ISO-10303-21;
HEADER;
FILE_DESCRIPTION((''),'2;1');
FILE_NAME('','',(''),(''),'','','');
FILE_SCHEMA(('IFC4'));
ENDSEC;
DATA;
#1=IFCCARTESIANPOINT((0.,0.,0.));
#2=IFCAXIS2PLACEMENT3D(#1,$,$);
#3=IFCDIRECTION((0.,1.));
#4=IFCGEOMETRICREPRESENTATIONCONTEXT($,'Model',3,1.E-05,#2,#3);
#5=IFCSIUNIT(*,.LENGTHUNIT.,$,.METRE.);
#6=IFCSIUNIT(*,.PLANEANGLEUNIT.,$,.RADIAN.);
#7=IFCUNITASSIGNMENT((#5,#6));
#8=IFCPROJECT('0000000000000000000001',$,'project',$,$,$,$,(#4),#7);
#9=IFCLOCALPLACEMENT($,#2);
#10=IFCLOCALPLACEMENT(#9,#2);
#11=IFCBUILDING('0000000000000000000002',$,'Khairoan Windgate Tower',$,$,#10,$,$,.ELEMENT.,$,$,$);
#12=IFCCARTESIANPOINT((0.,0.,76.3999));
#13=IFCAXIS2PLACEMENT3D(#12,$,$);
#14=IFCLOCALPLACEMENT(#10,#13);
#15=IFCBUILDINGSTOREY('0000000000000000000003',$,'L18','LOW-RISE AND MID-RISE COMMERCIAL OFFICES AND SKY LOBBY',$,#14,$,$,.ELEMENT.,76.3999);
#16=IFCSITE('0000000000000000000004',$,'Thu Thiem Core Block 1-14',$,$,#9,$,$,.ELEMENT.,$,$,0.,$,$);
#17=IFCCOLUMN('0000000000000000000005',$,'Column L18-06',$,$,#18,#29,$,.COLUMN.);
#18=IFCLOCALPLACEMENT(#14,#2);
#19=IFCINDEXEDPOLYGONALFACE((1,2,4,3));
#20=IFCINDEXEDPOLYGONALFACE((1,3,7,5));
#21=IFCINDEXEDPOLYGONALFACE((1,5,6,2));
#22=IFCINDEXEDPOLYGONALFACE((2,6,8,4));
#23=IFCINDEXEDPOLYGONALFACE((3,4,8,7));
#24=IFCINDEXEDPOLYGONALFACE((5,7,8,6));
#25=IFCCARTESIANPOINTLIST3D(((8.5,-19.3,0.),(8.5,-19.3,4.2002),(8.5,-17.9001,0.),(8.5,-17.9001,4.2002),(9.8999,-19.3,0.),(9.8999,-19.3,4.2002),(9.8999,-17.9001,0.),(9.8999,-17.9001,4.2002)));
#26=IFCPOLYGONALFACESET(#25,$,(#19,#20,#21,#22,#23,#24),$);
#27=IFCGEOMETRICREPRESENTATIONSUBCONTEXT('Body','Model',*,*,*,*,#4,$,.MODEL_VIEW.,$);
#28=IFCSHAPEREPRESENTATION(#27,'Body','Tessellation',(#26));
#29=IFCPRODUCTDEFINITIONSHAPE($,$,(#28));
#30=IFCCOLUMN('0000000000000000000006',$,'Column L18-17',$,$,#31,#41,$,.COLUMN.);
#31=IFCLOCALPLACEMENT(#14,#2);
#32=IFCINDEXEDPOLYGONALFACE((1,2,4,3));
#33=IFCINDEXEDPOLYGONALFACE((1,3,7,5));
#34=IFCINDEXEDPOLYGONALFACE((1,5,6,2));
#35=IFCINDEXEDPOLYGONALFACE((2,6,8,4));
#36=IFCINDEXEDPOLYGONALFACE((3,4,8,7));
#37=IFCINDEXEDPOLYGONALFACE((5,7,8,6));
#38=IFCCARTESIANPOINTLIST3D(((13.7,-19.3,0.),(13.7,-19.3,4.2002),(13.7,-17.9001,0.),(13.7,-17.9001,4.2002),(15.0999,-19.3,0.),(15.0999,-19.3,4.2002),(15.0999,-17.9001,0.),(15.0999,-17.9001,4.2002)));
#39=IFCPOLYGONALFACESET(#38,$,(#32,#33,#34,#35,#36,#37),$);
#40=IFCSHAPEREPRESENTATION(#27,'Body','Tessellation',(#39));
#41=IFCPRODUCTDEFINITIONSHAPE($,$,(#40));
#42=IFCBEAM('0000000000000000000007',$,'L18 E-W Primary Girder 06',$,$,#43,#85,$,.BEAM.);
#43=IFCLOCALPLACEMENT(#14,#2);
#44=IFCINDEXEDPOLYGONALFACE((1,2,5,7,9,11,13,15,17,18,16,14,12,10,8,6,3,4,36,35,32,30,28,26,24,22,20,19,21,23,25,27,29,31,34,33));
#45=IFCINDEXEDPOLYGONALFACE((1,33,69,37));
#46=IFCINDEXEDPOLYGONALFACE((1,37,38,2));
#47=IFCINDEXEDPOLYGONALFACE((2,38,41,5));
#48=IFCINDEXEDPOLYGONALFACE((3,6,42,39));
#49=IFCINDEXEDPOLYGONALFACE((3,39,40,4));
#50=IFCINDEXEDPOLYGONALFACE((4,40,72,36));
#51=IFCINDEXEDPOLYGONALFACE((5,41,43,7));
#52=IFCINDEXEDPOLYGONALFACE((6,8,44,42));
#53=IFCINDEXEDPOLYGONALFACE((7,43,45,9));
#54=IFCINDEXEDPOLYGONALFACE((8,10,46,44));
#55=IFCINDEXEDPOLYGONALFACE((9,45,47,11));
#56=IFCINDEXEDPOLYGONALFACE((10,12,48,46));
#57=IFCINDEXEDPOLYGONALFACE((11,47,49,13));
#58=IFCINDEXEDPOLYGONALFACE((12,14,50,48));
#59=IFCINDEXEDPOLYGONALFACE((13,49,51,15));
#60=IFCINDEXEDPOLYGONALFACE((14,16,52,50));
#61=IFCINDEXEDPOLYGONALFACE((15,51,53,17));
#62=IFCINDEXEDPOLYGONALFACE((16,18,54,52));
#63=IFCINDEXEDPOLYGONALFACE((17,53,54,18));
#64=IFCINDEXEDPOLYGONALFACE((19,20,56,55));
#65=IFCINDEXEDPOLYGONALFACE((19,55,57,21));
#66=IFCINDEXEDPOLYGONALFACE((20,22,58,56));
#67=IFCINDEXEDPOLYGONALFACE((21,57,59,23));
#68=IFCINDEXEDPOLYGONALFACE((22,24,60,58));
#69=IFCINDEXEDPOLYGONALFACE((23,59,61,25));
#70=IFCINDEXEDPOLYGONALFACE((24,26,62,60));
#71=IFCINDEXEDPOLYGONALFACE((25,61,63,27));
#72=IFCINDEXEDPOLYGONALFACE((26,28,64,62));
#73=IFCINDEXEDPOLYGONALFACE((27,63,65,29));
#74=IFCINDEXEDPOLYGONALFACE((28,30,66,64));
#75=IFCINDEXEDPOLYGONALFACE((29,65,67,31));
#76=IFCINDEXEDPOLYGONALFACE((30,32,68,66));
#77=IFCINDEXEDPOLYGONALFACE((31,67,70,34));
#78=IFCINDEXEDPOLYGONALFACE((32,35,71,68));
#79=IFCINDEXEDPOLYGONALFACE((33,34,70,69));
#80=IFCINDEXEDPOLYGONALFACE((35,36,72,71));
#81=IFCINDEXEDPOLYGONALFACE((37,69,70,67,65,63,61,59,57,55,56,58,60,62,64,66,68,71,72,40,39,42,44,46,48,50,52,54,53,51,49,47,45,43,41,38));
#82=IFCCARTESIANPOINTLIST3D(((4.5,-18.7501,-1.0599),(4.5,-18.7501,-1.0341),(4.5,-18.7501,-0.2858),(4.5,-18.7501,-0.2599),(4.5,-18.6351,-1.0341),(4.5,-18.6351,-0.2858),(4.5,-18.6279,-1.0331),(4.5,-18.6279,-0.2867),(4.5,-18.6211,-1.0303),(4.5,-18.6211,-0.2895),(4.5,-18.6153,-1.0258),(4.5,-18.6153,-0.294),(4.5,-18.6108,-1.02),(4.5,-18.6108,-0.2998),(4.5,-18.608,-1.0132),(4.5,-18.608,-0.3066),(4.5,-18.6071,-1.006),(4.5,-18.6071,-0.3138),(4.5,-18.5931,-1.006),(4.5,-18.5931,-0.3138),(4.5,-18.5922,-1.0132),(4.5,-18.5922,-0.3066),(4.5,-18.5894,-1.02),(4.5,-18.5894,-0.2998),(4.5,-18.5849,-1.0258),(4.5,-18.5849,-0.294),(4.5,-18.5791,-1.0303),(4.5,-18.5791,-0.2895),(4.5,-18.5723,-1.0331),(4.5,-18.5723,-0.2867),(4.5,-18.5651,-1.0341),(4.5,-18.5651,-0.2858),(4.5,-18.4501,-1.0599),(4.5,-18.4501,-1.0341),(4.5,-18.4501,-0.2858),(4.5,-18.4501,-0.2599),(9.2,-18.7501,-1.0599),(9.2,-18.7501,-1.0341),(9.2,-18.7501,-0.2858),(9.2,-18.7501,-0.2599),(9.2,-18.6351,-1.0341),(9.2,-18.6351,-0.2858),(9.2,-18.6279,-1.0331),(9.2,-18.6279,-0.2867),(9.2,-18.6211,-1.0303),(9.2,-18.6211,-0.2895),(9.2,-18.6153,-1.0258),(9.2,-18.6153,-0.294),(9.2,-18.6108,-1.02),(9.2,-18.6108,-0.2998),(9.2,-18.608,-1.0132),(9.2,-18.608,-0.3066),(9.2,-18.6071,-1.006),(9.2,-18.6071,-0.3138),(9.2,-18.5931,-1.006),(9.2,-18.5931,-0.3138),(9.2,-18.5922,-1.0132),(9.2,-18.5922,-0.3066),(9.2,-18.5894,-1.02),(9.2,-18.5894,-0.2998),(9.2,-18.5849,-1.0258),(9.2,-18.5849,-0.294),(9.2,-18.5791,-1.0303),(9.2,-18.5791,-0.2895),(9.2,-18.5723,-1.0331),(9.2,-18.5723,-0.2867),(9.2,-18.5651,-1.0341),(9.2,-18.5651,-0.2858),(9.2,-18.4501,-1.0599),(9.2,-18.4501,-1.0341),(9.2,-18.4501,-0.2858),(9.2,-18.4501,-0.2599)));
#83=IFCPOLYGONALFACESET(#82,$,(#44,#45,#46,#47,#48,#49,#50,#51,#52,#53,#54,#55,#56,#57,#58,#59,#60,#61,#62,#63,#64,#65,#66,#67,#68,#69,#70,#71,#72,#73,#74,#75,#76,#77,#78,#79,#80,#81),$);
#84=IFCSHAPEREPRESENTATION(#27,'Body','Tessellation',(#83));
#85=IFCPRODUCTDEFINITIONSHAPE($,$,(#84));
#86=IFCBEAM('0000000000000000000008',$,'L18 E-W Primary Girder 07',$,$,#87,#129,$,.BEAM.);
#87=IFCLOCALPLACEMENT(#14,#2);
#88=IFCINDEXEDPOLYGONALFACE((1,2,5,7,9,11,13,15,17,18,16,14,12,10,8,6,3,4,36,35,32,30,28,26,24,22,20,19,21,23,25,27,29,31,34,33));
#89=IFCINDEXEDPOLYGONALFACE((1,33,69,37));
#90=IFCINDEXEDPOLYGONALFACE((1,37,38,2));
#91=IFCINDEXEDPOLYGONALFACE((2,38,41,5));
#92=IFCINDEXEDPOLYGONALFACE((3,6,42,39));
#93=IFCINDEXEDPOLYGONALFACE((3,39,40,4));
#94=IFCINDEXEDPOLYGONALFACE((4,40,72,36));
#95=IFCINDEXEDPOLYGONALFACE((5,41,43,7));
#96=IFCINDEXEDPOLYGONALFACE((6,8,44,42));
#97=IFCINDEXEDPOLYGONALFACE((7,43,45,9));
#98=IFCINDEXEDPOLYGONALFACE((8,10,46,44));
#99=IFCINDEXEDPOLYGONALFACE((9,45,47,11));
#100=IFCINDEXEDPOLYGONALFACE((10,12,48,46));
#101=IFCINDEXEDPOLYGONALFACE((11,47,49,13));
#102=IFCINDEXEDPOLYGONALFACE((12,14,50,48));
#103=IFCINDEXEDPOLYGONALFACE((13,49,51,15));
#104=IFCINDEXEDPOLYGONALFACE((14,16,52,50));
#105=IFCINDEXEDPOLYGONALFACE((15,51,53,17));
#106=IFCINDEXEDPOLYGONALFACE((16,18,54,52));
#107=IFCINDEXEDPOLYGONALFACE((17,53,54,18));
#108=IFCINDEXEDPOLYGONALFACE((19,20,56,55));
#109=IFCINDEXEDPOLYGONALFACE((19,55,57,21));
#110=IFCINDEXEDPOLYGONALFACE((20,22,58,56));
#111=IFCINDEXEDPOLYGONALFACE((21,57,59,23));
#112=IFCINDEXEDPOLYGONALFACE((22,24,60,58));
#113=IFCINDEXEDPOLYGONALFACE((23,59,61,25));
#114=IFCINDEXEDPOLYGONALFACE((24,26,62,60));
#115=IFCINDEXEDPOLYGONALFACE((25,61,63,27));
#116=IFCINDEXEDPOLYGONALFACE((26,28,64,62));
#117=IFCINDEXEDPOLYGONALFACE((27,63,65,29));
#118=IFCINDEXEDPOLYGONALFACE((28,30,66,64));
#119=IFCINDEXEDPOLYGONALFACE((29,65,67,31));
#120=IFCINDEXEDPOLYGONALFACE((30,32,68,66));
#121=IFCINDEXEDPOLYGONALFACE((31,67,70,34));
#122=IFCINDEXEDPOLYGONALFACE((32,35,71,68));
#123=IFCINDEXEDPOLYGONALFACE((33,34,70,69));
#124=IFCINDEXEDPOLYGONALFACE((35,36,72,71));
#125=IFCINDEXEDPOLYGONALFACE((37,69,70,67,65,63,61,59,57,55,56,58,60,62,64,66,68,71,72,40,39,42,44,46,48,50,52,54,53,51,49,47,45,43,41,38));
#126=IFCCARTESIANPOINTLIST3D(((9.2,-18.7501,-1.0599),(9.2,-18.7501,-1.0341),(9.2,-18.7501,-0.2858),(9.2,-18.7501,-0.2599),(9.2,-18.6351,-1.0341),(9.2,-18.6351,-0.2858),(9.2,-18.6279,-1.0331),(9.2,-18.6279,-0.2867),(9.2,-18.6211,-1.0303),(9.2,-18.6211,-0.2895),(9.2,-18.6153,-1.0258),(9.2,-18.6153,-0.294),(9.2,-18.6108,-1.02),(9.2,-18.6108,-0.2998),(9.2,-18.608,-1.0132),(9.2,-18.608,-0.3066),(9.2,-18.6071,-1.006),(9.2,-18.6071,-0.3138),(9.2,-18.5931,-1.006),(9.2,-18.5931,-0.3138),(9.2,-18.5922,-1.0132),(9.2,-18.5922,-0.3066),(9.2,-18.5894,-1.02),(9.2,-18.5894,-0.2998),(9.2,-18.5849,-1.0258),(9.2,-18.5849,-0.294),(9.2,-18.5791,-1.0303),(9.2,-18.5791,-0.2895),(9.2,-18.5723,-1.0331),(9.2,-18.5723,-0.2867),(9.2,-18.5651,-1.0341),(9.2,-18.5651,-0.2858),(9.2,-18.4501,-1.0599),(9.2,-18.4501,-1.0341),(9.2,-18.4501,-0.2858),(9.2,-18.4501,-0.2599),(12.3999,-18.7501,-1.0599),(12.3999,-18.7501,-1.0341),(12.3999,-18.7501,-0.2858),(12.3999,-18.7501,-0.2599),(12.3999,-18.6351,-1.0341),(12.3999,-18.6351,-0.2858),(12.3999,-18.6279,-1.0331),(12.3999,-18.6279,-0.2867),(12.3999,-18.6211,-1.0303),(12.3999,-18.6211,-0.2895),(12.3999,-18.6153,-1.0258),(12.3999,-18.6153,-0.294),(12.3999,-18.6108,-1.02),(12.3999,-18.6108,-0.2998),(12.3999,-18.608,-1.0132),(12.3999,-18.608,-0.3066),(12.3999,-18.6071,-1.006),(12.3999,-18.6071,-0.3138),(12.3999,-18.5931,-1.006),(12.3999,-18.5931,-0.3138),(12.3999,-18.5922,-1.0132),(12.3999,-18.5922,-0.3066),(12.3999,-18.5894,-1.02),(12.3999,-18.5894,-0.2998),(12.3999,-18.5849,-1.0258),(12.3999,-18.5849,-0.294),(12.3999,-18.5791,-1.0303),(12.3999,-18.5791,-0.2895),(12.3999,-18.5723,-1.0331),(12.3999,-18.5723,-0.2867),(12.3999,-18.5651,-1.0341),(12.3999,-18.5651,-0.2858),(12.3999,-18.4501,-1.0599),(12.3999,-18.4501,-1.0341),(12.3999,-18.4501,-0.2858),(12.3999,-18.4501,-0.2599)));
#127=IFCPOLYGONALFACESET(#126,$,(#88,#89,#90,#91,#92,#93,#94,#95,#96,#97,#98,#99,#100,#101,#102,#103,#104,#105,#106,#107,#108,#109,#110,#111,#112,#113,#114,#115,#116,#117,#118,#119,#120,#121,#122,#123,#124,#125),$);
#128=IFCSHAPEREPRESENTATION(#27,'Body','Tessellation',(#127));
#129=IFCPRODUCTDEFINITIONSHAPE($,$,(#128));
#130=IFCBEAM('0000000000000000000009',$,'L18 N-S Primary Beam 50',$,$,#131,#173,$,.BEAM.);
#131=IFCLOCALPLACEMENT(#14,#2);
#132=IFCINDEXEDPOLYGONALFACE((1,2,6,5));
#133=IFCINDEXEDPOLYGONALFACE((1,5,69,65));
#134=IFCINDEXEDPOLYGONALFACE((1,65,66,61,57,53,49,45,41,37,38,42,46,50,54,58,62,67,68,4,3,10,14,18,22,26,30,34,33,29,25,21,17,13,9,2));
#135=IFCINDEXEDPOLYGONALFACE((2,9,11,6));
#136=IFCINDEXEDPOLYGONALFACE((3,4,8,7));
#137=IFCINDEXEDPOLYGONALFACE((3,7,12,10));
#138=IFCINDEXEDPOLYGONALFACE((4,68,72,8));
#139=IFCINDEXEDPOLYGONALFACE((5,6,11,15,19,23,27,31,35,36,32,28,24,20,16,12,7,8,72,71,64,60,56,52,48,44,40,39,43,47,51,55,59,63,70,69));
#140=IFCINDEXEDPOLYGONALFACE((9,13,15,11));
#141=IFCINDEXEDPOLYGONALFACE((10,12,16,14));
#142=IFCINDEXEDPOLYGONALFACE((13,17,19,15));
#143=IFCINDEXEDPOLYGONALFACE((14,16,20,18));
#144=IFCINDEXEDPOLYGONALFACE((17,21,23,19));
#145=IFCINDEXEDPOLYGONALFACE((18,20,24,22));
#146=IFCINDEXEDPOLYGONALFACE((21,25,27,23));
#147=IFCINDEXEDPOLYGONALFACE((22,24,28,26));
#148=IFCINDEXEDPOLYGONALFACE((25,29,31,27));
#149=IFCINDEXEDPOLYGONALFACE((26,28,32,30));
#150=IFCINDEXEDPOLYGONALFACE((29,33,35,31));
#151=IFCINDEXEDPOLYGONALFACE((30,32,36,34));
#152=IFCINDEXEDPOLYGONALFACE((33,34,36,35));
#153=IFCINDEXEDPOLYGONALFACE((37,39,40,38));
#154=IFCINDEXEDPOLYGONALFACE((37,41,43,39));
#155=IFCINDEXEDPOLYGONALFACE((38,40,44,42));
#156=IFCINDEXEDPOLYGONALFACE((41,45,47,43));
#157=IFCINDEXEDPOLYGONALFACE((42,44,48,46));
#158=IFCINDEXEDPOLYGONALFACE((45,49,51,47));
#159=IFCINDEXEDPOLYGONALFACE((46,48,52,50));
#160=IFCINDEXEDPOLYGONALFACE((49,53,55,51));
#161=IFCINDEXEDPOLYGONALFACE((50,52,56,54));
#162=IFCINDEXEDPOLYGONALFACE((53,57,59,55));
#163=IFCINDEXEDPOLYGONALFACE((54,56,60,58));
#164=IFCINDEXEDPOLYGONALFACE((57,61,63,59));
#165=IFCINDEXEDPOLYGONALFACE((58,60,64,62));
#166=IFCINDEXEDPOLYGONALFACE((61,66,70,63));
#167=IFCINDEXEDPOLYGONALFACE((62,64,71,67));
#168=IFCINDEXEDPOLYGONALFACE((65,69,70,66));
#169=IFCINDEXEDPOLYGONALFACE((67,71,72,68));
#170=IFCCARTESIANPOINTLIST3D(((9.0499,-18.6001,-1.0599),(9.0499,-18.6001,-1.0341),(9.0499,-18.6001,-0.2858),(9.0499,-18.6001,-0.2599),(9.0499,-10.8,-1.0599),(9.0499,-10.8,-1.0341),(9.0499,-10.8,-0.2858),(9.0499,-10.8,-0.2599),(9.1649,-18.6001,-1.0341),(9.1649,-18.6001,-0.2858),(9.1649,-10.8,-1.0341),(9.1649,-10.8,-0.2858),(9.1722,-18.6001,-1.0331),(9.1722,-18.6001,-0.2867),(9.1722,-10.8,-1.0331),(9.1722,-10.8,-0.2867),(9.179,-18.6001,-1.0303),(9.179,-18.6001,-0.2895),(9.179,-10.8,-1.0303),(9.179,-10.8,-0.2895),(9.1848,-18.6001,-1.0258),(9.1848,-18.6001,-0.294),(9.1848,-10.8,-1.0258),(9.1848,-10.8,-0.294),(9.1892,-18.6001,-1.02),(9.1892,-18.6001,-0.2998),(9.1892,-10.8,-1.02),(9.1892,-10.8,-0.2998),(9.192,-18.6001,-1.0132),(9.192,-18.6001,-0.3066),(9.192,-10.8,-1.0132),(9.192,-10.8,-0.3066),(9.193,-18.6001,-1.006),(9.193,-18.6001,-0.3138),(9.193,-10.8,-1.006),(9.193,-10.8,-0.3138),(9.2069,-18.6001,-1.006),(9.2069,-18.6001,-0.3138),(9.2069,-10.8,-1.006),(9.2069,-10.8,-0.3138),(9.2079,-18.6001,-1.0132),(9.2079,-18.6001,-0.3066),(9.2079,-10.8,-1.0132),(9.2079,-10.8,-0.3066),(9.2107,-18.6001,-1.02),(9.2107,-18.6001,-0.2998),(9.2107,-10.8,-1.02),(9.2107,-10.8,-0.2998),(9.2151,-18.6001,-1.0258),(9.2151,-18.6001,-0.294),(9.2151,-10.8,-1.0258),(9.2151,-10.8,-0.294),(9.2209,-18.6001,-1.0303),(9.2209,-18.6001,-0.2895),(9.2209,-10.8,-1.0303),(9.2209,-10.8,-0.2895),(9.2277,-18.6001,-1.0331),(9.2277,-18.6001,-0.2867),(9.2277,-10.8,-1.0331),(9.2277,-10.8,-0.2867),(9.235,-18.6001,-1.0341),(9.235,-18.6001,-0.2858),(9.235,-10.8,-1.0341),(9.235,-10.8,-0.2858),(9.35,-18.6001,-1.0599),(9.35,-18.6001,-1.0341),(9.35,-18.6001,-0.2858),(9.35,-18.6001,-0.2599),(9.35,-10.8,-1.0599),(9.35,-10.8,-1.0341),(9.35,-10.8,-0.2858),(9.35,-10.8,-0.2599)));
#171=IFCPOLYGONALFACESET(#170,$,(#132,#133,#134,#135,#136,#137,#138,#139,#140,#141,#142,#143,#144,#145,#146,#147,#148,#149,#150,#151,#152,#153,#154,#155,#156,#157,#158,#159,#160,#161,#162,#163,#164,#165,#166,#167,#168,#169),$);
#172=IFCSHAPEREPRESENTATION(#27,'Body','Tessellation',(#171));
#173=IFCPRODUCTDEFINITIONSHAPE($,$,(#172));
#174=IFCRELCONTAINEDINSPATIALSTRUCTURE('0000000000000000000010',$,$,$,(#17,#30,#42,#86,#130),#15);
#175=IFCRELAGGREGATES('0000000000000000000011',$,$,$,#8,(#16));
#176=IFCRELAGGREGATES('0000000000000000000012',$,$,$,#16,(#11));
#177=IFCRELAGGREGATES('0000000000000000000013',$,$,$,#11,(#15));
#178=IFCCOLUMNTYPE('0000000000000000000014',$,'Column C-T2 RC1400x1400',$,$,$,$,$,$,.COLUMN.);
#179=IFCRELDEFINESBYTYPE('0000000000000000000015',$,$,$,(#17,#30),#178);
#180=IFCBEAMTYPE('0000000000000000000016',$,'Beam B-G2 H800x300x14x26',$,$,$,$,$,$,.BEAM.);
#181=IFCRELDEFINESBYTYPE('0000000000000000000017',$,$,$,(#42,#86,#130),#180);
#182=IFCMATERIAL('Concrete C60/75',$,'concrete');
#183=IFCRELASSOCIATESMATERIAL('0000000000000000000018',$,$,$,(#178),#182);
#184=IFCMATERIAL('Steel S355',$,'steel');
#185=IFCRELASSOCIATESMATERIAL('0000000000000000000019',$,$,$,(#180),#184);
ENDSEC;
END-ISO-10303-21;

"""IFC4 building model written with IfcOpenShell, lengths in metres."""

from ifc_helpers import new_model, si_unit, direction, frame, origin, origin_2d, place, context, subcontext, project, spatial, rectangle, i_section, extrude, material, material_profile, profile_set, type_object, element, save


model = new_model("IFC4")

# Units and contexts
model_context = context("Model", 3, precision=1e-05, world=origin(), true_north=direction((0.0, 1.0)))
body_context = subcontext(model_context, "Body", "Model", "MODEL_VIEW")
ifc_project = project(units=[si_unit("LENGTHUNIT", "METRE"), si_unit("PLANEANGLEUNIT", "RADIAN")], contexts=[model_context])

# Site, building, storey
site_placement = place(None, origin())
site = spatial("IfcSite", under=ifc_project, at=site_placement, Name="Thu Thiem Core Block 1-14", CompositionType="ELEMENT", RefElevation=0.0)
building_placement = place(site_placement, origin())
building = spatial("IfcBuilding", under=site, at=building_placement, Name="Khairoan Windgate Tower", CompositionType="ELEMENT")
storey_placement = place(building_placement, frame((0.0, 0.0, 76.3999)))
storey = spatial("IfcBuildingStorey", under=building, at=storey_placement, Name="L18", Description="LOW-RISE AND MID-RISE COMMERCIAL OFFICES AND SKY LOBBY", CompositionType="ELEMENT", Elevation=76.3999)

# Columns
ifc_material_1 = material(Name="Concrete C60/75", Category="concrete")
ifc_material_profile_1 = material_profile(ifc_material_1, rectangle(XDim=1.3999, YDim=1.3999, at=origin_2d()))
ifc_profile_set_1 = profile_set([ifc_material_profile_1], Name="Concrete C60/75")
column_type = type_object("IfcColumnType", Name="Column C-T2 RC1400x1400", PredefinedType="COLUMN", material=ifc_profile_set_1)
for number, where, z_axis, x_axis, name in (
    (1, (9.2, -18.6001, 0.0), (0.0, 0.0, 1.0), (1.0, 0.0, 0.0), "Column L18-06"),
    (2, (14.3999, -18.6001, 0.0), (0.0, 0.0, 1.0), (1.0, 0.0, 0.0), "Column L18-17"),
):
    element("IfcColumn", number, at=place(storey_placement, frame(where, z_axis=z_axis, x_axis=x_axis)), inside=storey, type_object=column_type, Name=name, PredefinedType="COLUMN", context=body_context, shape_type="SweptSolid", body=[
        extrude(rectangle(XDim=1.3999, YDim=1.3999, at=origin_2d()), origin(), (0.0, 0.0, 1.0), 4.2002),
    ])

# Beams
ifc_material_2 = material(Name="Steel S355", Category="steel")
ifc_material_profile_2 = material_profile(ifc_material_2, i_section(OverallWidth=0.3, OverallDepth=0.8, WebThickness=0.0139, FlangeThickness=0.0259, FilletRadius=0.0281, at=origin_2d()))
ifc_profile_set_2 = profile_set([ifc_material_profile_2], Name="Steel S355")
beam_type_1 = type_object("IfcBeamType", Name="Beam B-G2 H800x300x14x26", PredefinedType="BEAM", material=ifc_profile_set_2)
beam_1_placement = place(storey_placement, frame((4.5, -18.6001, -0.6599), z_axis=(1.0, 0.0, 0.0), x_axis=(0.0, 1.0, 0.0)))
element("IfcBeam", 3, at=beam_1_placement, inside=storey, type_object=beam_type_1, Name="L18 E-W Primary Girder 06", PredefinedType="BEAM", context=body_context, shape_type="SweptSolid", body=[
    extrude(i_section(OverallWidth=0.3, OverallDepth=0.8, WebThickness=0.0139, FlangeThickness=0.0259, FilletRadius=0.0281, at=origin_2d()), origin(), (0.0, 0.0, 1.0), 4.7),
])
beam_2_placement = place(storey_placement, frame((9.2, -18.6001, -0.6599), z_axis=(1.0, 0.0, 0.0), x_axis=(0.0, 1.0, 0.0)))
element("IfcBeam", 4, at=beam_2_placement, inside=storey, type_object=beam_type_1, Name="L18 E-W Primary Girder 07", PredefinedType="BEAM", context=body_context, shape_type="SweptSolid", body=[
    extrude(i_section(OverallWidth=0.3, OverallDepth=0.8, WebThickness=0.0139, FlangeThickness=0.0259, FilletRadius=0.0281, at=origin_2d()), origin(), (0.0, 0.0, 1.0), 3.2),
])
for number, where, z_axis, x_axis, name in (
    (5, (9.2, -18.6001, -0.6599), (0.0, 1.0, 0.0), (-1.0, 0.0, 0.0), "L18 N-S Primary Beam 50"),
):
    element("IfcBeam", number, at=place(storey_placement, frame(where, z_axis=z_axis, x_axis=x_axis)), inside=storey, type_object=beam_type_1, Name=name, PredefinedType="BEAM", context=body_context, shape_type="SweptSolid", body=[
        extrude(i_section(OverallWidth=0.3, OverallDepth=0.8, WebThickness=0.0139, FlangeThickness=0.0259, FilletRadius=0.0281, at=origin_2d()), origin(), (0.0, 0.0, 1.0), 7.8),
    ])

save(model, "model.ifc")
